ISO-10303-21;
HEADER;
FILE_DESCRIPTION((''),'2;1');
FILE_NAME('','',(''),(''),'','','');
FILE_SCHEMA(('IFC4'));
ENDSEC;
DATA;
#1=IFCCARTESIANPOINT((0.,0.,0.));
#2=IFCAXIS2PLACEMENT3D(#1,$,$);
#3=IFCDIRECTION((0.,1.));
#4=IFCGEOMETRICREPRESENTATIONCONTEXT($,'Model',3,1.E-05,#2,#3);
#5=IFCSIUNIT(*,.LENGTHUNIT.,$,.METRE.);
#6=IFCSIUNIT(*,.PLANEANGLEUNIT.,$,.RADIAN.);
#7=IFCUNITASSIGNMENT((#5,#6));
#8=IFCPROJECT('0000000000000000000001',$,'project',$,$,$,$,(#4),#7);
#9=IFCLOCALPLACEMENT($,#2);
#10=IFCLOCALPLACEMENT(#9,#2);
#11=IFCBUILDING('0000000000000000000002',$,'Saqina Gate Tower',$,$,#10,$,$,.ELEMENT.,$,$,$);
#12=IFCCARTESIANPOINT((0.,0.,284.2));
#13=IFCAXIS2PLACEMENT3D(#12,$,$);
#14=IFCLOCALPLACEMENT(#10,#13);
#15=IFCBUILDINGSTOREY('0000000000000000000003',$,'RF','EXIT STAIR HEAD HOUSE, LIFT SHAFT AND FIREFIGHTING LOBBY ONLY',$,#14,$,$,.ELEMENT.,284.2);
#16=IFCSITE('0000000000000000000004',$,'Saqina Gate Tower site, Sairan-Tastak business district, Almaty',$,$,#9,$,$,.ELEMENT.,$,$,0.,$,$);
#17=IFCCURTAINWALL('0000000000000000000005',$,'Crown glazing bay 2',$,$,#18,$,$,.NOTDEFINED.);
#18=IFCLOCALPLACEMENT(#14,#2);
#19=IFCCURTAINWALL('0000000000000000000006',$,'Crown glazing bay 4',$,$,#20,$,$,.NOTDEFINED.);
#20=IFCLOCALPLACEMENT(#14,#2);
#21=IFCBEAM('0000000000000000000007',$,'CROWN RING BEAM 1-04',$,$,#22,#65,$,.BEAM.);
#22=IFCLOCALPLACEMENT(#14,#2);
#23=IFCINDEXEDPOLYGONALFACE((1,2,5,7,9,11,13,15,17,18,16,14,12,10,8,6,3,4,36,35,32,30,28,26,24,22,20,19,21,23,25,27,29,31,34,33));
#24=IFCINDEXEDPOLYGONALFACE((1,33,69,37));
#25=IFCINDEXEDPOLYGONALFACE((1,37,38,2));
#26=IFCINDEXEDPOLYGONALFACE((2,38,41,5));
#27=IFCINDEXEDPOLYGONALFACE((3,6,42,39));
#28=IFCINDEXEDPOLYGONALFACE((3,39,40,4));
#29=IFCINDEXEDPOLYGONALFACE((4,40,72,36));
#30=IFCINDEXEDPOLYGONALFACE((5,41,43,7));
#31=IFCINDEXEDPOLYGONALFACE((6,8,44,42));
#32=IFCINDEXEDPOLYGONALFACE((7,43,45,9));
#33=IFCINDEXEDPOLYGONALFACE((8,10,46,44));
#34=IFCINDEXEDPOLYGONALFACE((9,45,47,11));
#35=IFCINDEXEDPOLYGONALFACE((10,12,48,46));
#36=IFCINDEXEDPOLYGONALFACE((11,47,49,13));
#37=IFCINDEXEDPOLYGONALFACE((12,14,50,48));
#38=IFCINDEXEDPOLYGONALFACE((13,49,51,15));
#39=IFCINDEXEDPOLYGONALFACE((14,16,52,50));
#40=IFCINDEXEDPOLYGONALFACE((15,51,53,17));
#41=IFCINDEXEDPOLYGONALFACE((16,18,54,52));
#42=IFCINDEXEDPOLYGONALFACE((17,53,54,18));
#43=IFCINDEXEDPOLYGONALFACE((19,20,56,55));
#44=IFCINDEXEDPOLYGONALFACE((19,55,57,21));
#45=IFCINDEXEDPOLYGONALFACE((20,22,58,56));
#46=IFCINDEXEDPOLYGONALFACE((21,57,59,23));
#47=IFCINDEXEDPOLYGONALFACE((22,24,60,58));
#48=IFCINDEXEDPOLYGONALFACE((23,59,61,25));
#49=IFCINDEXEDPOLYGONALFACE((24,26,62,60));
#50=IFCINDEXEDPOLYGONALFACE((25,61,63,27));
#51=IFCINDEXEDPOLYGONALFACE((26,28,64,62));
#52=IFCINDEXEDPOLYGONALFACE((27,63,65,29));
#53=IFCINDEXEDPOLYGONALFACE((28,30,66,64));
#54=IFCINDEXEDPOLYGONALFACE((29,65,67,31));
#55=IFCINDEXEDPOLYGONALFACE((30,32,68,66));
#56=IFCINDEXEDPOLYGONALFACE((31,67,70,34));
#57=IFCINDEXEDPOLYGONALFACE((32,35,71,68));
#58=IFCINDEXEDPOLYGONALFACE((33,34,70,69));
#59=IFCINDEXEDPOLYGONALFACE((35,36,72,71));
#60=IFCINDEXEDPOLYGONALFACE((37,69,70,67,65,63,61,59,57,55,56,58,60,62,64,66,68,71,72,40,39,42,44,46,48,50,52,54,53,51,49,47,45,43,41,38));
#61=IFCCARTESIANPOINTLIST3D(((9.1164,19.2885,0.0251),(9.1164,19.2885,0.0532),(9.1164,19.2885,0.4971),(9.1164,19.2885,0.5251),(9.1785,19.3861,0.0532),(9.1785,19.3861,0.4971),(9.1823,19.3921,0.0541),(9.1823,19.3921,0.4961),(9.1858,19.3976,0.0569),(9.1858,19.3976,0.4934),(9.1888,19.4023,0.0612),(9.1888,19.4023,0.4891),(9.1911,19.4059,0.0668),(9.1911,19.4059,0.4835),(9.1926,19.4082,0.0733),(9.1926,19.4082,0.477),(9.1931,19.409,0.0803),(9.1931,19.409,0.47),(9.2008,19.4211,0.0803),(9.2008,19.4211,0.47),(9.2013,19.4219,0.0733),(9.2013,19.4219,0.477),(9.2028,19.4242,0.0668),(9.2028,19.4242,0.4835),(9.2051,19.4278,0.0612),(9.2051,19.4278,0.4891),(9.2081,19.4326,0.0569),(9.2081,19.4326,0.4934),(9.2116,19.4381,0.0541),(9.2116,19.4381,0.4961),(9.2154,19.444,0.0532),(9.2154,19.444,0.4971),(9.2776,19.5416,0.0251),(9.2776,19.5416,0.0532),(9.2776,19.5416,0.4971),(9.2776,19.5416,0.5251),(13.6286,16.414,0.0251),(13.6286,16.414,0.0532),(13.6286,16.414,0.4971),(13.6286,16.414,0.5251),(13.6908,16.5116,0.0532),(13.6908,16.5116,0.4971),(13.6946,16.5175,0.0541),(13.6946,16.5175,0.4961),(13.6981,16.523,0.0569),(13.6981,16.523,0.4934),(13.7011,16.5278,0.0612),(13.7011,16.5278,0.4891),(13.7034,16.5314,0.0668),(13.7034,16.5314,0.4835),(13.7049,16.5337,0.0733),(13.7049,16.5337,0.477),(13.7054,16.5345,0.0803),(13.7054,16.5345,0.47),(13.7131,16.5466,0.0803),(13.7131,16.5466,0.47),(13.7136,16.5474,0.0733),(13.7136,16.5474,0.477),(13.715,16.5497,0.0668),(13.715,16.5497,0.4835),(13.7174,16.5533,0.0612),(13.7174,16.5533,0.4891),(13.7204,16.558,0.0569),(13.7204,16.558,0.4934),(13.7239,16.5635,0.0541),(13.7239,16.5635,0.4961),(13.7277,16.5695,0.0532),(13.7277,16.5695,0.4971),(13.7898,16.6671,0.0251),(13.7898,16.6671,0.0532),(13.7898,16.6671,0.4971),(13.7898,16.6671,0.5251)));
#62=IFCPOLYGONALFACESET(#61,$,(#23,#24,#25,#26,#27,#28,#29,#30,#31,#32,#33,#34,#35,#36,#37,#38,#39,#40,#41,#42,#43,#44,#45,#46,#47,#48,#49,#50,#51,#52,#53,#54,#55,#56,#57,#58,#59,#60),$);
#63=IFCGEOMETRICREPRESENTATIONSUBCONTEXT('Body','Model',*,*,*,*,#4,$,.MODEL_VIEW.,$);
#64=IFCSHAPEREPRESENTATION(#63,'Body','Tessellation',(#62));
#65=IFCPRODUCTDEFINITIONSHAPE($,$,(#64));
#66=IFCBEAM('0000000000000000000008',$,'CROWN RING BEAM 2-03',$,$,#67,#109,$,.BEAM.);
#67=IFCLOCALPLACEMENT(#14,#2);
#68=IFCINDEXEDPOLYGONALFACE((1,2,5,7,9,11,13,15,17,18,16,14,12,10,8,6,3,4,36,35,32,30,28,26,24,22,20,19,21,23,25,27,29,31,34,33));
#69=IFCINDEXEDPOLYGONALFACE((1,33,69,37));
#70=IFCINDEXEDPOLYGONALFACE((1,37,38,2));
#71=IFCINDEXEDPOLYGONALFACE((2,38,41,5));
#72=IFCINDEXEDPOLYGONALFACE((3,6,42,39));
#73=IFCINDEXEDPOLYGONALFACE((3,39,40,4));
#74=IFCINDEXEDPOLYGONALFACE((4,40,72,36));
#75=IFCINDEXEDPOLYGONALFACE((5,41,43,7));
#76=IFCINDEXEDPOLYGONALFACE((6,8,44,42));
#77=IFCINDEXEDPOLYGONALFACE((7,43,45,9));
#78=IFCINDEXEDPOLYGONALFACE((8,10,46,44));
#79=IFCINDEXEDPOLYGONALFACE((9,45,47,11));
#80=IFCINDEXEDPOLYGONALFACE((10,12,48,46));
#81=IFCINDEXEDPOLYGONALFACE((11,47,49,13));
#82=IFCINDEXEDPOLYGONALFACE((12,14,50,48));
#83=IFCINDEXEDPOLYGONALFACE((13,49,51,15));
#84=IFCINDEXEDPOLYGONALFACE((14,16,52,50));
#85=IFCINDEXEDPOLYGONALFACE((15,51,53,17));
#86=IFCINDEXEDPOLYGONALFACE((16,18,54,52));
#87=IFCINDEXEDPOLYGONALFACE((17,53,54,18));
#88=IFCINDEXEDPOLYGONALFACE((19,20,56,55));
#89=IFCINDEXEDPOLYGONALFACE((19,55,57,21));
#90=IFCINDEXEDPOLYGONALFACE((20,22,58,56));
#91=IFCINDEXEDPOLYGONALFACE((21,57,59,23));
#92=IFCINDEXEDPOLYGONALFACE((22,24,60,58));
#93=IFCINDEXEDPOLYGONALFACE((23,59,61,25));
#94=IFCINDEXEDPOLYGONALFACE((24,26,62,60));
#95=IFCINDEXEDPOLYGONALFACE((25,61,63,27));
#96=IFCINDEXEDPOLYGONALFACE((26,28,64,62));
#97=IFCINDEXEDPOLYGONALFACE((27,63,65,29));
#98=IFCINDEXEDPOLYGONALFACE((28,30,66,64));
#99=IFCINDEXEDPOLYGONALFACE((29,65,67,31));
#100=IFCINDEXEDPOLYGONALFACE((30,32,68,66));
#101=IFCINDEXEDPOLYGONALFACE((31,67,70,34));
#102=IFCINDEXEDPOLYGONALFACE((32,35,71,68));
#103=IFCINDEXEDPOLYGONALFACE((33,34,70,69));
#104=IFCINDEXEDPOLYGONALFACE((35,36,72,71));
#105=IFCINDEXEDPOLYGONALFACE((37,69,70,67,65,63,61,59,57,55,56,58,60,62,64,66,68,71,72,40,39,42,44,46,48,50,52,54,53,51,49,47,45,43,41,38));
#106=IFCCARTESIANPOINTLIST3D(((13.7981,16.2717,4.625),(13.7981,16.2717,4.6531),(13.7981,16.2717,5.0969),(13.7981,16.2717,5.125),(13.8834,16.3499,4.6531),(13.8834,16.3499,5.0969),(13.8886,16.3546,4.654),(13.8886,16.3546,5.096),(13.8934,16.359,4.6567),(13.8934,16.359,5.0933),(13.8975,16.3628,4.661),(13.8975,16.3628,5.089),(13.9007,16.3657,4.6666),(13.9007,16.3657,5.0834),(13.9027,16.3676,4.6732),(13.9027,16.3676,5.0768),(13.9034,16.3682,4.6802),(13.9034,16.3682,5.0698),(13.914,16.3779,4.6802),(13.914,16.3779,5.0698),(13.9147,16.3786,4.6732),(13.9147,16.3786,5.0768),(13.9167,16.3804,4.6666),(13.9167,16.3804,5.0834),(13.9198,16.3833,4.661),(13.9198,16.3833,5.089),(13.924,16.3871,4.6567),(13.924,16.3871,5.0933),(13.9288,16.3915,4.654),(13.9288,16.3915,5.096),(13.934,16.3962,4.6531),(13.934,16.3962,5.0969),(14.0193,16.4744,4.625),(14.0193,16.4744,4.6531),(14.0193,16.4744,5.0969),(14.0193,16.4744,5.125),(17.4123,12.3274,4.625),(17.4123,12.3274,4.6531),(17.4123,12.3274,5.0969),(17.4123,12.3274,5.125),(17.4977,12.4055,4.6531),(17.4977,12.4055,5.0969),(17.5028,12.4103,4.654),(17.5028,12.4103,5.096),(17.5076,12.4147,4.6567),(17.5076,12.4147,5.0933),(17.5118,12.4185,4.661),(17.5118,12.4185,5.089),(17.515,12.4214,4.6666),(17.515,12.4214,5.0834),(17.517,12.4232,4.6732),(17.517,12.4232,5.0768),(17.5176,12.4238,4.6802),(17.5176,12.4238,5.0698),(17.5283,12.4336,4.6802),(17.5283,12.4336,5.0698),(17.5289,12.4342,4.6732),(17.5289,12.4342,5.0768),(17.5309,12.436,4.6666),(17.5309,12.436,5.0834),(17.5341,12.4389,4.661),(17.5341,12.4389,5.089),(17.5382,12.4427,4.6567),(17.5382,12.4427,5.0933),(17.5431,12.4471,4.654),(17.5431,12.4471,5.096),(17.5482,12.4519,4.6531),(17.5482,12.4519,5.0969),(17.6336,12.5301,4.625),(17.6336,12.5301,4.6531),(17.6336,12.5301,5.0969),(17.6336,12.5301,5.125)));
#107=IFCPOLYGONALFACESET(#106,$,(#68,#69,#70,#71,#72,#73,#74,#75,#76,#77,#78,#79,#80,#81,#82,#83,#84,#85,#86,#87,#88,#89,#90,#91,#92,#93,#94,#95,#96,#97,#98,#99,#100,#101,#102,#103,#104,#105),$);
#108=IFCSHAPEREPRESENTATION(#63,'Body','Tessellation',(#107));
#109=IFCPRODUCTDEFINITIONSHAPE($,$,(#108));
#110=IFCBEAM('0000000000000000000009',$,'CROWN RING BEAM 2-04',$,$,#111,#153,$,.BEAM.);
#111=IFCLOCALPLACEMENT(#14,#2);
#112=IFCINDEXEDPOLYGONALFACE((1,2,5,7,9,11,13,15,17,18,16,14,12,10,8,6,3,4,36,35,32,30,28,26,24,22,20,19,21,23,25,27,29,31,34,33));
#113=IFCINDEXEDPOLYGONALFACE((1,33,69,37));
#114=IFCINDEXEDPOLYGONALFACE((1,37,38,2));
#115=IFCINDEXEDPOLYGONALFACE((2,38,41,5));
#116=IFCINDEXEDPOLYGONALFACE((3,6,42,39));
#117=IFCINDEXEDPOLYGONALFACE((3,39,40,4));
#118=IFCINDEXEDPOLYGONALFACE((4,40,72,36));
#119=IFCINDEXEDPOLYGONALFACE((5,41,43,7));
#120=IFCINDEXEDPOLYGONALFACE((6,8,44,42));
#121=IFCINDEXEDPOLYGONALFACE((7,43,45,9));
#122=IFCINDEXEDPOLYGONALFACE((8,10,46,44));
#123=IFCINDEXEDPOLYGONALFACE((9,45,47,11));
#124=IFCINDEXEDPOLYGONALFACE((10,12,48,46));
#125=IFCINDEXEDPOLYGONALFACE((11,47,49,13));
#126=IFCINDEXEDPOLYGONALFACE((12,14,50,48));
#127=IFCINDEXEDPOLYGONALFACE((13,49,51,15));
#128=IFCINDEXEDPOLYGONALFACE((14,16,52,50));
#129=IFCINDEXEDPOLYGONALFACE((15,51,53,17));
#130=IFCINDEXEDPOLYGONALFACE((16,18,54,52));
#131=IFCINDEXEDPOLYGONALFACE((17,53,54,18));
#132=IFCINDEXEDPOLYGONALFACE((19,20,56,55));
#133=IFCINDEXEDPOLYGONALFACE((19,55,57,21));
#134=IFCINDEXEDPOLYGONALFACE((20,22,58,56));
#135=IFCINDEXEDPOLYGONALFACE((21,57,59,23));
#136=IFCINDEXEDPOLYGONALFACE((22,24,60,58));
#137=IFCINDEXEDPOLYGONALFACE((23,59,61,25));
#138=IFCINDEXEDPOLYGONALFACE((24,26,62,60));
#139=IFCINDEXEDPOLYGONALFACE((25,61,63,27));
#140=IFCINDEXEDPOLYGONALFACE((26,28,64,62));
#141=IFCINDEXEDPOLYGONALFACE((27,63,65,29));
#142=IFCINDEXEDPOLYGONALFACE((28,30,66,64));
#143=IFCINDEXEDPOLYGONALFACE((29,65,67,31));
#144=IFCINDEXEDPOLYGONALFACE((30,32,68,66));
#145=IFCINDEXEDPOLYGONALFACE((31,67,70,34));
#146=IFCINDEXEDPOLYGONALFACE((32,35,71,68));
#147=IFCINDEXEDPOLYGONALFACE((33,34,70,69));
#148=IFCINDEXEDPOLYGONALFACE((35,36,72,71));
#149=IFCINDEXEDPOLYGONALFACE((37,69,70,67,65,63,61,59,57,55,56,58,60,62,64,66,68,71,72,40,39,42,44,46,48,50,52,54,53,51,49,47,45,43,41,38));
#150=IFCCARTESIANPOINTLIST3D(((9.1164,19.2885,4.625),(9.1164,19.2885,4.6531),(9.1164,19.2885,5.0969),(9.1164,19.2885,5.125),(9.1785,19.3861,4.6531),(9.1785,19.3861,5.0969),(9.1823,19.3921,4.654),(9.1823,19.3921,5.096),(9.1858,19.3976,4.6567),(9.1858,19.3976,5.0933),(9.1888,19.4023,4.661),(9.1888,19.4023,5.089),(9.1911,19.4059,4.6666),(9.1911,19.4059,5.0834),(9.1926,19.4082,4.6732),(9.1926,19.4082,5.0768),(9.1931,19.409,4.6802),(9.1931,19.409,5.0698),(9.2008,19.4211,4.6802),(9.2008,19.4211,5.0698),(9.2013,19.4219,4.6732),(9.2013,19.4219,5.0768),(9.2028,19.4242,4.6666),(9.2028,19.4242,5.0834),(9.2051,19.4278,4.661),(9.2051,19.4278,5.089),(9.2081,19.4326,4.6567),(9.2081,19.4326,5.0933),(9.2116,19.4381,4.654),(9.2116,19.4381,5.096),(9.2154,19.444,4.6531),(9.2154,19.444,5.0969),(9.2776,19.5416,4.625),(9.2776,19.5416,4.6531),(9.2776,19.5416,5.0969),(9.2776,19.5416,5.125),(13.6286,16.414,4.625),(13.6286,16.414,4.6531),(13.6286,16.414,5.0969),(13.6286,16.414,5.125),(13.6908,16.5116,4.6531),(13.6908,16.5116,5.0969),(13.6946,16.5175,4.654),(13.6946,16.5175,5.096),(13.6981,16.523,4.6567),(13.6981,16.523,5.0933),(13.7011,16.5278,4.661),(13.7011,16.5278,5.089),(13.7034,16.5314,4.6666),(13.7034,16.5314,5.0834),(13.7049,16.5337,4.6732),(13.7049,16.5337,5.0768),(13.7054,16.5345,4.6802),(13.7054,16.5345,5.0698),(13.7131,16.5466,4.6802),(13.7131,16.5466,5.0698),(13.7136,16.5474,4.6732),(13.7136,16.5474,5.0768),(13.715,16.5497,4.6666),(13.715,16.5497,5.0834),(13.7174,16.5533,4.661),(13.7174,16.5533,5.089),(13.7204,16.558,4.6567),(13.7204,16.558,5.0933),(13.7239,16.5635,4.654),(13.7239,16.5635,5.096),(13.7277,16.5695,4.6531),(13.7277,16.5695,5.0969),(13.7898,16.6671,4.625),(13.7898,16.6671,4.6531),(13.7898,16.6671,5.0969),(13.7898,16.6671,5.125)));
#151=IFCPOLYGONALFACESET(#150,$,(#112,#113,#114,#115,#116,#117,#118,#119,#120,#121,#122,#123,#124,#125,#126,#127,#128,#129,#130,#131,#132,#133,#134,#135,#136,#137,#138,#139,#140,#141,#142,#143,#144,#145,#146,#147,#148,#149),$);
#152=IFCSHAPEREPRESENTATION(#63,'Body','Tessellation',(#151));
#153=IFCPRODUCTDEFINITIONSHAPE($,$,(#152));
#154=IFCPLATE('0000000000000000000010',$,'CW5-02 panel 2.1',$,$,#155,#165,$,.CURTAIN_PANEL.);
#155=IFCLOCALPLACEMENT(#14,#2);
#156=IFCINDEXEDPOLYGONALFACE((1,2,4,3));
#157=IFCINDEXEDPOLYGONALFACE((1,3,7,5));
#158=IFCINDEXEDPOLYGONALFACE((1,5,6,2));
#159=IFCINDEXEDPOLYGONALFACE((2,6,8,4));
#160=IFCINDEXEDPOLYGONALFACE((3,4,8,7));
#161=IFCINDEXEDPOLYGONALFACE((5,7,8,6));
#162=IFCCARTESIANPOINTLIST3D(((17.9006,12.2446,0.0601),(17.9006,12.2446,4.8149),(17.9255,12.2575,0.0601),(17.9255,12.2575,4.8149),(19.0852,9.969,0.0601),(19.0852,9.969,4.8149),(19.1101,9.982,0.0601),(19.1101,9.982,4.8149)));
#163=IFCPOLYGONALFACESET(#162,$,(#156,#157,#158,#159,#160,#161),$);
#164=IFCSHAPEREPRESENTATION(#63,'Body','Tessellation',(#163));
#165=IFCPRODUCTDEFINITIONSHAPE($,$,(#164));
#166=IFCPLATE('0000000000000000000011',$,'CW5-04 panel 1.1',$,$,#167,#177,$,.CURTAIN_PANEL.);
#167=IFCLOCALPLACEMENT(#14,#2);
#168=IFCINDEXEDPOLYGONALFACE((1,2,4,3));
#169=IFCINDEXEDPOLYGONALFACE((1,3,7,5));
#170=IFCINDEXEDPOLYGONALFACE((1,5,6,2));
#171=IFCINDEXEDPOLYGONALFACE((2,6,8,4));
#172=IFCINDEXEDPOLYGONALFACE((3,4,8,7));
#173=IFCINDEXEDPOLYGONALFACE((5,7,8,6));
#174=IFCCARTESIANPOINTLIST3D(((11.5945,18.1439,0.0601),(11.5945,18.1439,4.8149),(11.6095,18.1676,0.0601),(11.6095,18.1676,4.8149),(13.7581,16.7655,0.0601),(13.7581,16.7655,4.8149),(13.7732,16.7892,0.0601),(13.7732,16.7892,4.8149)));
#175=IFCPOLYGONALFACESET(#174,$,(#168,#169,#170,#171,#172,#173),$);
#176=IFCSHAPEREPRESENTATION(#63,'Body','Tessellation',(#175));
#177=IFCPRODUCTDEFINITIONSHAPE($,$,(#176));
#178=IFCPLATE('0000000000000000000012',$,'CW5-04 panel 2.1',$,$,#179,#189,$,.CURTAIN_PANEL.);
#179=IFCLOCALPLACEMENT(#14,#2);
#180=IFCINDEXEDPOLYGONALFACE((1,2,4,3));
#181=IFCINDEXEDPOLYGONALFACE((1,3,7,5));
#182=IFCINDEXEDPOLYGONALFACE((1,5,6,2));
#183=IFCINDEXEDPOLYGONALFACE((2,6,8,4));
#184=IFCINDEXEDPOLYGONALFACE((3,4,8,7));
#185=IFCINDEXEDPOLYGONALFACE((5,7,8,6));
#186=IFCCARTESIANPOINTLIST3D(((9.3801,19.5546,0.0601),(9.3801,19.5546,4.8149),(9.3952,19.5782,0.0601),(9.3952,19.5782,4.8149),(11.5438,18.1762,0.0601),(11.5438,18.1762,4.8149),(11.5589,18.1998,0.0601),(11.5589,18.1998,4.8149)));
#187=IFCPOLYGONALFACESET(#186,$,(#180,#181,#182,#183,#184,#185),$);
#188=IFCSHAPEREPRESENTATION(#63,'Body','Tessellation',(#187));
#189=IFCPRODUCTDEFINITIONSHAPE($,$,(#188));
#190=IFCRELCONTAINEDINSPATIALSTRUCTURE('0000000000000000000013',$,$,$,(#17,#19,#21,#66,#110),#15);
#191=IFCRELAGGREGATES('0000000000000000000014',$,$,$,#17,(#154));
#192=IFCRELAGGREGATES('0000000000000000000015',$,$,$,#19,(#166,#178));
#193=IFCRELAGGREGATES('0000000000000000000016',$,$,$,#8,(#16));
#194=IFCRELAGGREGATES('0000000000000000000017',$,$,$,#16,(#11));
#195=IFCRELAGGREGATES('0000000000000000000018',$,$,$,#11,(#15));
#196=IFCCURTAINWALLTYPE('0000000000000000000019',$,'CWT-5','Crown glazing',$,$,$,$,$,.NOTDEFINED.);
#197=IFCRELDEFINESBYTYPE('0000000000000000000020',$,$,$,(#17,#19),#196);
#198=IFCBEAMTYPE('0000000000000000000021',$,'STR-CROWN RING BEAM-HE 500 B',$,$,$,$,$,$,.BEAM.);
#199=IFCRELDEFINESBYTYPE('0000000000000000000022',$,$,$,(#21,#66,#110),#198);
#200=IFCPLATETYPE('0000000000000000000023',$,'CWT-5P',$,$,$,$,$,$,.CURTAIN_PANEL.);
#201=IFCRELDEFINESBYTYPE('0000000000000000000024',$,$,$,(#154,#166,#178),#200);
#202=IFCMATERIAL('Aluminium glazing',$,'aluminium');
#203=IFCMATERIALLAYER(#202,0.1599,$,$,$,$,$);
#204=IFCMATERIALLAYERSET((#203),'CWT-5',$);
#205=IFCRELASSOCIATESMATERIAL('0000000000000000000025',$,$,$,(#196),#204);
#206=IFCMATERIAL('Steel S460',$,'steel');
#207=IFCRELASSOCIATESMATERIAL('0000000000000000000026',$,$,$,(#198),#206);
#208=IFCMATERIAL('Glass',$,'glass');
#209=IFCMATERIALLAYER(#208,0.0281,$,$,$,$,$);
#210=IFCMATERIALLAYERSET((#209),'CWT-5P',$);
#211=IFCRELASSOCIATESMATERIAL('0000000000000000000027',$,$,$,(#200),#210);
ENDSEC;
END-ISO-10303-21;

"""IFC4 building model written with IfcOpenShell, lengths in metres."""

from ifc_helpers import new_model, si_unit, direction, frame, origin, origin_2d, place, context, subcontext, project, spatial, rectangle, i_section, extrude, material, layer, layer_set, material_profile, profile_set, type_object, element, aggregate, save


model = new_model("IFC4")

# Units and contexts
model_context = context("Model", 3, precision=1e-05, world=origin(), true_north=direction((0.0, 1.0)))
body_context = subcontext(model_context, "Body", "Model", "MODEL_VIEW")
ifc_project = project(units=[si_unit("LENGTHUNIT", "METRE"), si_unit("PLANEANGLEUNIT", "RADIAN")], contexts=[model_context])

# Site, building, storey
site_placement = place(None, origin())
site = spatial("IfcSite", under=ifc_project, at=site_placement, Name="Saqina Gate Tower site, Sairan-Tastak business district, Almaty", CompositionType="ELEMENT", RefElevation=0.0)
building_placement = place(site_placement, origin())
building = spatial("IfcBuilding", under=site, at=building_placement, Name="Saqina Gate Tower", CompositionType="ELEMENT")
storey_placement = place(building_placement, frame((0.0, 0.0, 284.2)))
storey = spatial("IfcBuildingStorey", under=building, at=storey_placement, Name="RF", Description="EXIT STAIR HEAD HOUSE, LIFT SHAFT AND FIREFIGHTING LOBBY ONLY", CompositionType="ELEMENT", Elevation=284.2)

# Curtain walls
ifc_material_1 = material(Name="Aluminium glazing", Category="aluminium")
ifc_layer_1 = layer(ifc_material_1, 0.1599)
ifc_layer_set_1 = layer_set([ifc_layer_1], Name="CWT-5")
curtain_wall_type = type_object("IfcCurtainWallType", Name="CWT-5", Description="Crown glazing", PredefinedType="NOTDEFINED", material=ifc_layer_set_1)
curtain_wall_1_placement = place(storey_placement, origin())
curtain_wall_1 = element("IfcCurtainWall", 1, at=curtain_wall_1_placement, inside=storey, type_object=curtain_wall_type, Name="Crown glazing bay 2", PredefinedType="NOTDEFINED")
curtain_wall_2_placement = place(storey_placement, origin())
curtain_wall_2 = element("IfcCurtainWall", 2, at=curtain_wall_2_placement, inside=storey, type_object=curtain_wall_type, Name="Crown glazing bay 4", PredefinedType="NOTDEFINED")

# Beams
ifc_material_2 = material(Name="Steel S460", Category="steel")
ifc_material_profile_1 = material_profile(ifc_material_2, i_section(OverallWidth=0.3, OverallDepth=0.5, WebThickness=0.0144, FlangeThickness=0.0281, FilletRadius=0.0271, at=origin_2d()), Name="HE 500 B")
ifc_profile_set_1 = profile_set([ifc_material_profile_1], Name="Steel S460")
beam_type = type_object("IfcBeamType", Name="STR-CROWN RING BEAM-HE 500 B", PredefinedType="BEAM", material=ifc_profile_set_1)
beam_1_placement = place(storey_placement, frame((13.7092, 16.5405, 0.2751), z_axis=(-0.843398, 0.537289, 0.0), x_axis=(-0.537289, -0.843398, 0.0)))
element("IfcBeam", 3, at=beam_1_placement, inside=storey, type_object=beam_type, Name="CROWN RING BEAM 1-04", PredefinedType="BEAM", context=body_context, shape_type="SweptSolid", body=[
    extrude(i_section(OverallWidth=0.3, OverallDepth=0.5, WebThickness=0.0144, FlangeThickness=0.0281, FilletRadius=0.0271, at=origin_2d()), origin(), (0.0, 0.0, 1.0), 5.3501),
])
beam_2_placement = place(storey_placement, frame((17.5229, 12.4287, 4.875), z_axis=(-0.675584, 0.737283, 0.0), x_axis=(-0.737283, -0.675584, 0.0)))
element("IfcBeam", 4, at=beam_2_placement, inside=storey, type_object=beam_type, Name="CROWN RING BEAM 2-03", PredefinedType="BEAM", context=body_context, shape_type="SweptSolid", body=[
    extrude(i_section(OverallWidth=0.3, OverallDepth=0.5, WebThickness=0.0144, FlangeThickness=0.0281, FilletRadius=0.0271, at=origin_2d()), origin(), (0.0, 0.0, 1.0), 5.3499),
])
beam_3_placement = place(storey_placement, frame((13.7092, 16.5405, 4.875), z_axis=(-0.843398, 0.537289, 0.0), x_axis=(-0.537289, -0.843398, 0.0)))
element("IfcBeam", 5, at=beam_3_placement, inside=storey, type_object=beam_type, Name="CROWN RING BEAM 2-04", PredefinedType="BEAM", context=body_context, shape_type="SweptSolid", body=[
    extrude(i_section(OverallWidth=0.3, OverallDepth=0.5, WebThickness=0.0144, FlangeThickness=0.0281, FilletRadius=0.0271, at=origin_2d()), origin(), (0.0, 0.0, 1.0), 5.3501),
])

# Plates
ifc_material_3 = material(Name="Glass", Category="glass")
ifc_layer_2 = layer(ifc_material_3, 0.0281)
ifc_layer_set_2 = layer_set([ifc_layer_2], Name="CWT-5P")
plate_type = type_object("IfcPlateType", Name="CWT-5P", PredefinedType="CURTAIN_PANEL", material=ifc_layer_set_2)
plate_1_placement = place(storey_placement, frame((18.5054, 11.1133, 0.0601), z_axis=(0.0, 0.0, 1.0), x_axis=(-0.461751, 0.88701, 0.0)))
plate_1 = element("IfcPlate", 6, at=plate_1_placement, type_object=plate_type, Name="CW5-02 panel 2.1", PredefinedType="CURTAIN_PANEL", context=body_context, shape_type="SweptSolid", body=[
    extrude(rectangle(XDim=2.5654, YDim=0.0281, at=origin_2d()), origin(), (0.0, 0.0, 1.0), 4.7549),
])
aggregate(curtain_wall_1, [plate_1])
plate_2_placement = place(storey_placement, frame((12.6838, 17.4666, 0.0601), z_axis=(0.0, 0.0, 1.0), x_axis=(-0.843395, 0.537295, 0.0)))
plate_2 = element("IfcPlate", 7, at=plate_2_placement, type_object=plate_type, Name="CW5-04 panel 1.1", PredefinedType="CURTAIN_PANEL", context=body_context, shape_type="SweptSolid", body=[
    extrude(rectangle(XDim=2.5654, YDim=0.0281, at=origin_2d()), origin(), (0.0, 0.0, 1.0), 4.7549),
])
plate_3_placement = place(storey_placement, frame((10.4695, 18.8772, 0.0601), z_axis=(0.0, 0.0, 1.0), x_axis=(-0.843395, 0.537295, 0.0)))
plate_3 = element("IfcPlate", 8, at=plate_3_placement, type_object=plate_type, Name="CW5-04 panel 2.1", PredefinedType="CURTAIN_PANEL", context=body_context, shape_type="SweptSolid", body=[
    extrude(rectangle(XDim=2.5654, YDim=0.0281, at=origin_2d()), origin(), (0.0, 0.0, 1.0), 4.7549),
])
aggregate(curtain_wall_2, [plate_2, plate_3])

save(model, "model.ifc")
